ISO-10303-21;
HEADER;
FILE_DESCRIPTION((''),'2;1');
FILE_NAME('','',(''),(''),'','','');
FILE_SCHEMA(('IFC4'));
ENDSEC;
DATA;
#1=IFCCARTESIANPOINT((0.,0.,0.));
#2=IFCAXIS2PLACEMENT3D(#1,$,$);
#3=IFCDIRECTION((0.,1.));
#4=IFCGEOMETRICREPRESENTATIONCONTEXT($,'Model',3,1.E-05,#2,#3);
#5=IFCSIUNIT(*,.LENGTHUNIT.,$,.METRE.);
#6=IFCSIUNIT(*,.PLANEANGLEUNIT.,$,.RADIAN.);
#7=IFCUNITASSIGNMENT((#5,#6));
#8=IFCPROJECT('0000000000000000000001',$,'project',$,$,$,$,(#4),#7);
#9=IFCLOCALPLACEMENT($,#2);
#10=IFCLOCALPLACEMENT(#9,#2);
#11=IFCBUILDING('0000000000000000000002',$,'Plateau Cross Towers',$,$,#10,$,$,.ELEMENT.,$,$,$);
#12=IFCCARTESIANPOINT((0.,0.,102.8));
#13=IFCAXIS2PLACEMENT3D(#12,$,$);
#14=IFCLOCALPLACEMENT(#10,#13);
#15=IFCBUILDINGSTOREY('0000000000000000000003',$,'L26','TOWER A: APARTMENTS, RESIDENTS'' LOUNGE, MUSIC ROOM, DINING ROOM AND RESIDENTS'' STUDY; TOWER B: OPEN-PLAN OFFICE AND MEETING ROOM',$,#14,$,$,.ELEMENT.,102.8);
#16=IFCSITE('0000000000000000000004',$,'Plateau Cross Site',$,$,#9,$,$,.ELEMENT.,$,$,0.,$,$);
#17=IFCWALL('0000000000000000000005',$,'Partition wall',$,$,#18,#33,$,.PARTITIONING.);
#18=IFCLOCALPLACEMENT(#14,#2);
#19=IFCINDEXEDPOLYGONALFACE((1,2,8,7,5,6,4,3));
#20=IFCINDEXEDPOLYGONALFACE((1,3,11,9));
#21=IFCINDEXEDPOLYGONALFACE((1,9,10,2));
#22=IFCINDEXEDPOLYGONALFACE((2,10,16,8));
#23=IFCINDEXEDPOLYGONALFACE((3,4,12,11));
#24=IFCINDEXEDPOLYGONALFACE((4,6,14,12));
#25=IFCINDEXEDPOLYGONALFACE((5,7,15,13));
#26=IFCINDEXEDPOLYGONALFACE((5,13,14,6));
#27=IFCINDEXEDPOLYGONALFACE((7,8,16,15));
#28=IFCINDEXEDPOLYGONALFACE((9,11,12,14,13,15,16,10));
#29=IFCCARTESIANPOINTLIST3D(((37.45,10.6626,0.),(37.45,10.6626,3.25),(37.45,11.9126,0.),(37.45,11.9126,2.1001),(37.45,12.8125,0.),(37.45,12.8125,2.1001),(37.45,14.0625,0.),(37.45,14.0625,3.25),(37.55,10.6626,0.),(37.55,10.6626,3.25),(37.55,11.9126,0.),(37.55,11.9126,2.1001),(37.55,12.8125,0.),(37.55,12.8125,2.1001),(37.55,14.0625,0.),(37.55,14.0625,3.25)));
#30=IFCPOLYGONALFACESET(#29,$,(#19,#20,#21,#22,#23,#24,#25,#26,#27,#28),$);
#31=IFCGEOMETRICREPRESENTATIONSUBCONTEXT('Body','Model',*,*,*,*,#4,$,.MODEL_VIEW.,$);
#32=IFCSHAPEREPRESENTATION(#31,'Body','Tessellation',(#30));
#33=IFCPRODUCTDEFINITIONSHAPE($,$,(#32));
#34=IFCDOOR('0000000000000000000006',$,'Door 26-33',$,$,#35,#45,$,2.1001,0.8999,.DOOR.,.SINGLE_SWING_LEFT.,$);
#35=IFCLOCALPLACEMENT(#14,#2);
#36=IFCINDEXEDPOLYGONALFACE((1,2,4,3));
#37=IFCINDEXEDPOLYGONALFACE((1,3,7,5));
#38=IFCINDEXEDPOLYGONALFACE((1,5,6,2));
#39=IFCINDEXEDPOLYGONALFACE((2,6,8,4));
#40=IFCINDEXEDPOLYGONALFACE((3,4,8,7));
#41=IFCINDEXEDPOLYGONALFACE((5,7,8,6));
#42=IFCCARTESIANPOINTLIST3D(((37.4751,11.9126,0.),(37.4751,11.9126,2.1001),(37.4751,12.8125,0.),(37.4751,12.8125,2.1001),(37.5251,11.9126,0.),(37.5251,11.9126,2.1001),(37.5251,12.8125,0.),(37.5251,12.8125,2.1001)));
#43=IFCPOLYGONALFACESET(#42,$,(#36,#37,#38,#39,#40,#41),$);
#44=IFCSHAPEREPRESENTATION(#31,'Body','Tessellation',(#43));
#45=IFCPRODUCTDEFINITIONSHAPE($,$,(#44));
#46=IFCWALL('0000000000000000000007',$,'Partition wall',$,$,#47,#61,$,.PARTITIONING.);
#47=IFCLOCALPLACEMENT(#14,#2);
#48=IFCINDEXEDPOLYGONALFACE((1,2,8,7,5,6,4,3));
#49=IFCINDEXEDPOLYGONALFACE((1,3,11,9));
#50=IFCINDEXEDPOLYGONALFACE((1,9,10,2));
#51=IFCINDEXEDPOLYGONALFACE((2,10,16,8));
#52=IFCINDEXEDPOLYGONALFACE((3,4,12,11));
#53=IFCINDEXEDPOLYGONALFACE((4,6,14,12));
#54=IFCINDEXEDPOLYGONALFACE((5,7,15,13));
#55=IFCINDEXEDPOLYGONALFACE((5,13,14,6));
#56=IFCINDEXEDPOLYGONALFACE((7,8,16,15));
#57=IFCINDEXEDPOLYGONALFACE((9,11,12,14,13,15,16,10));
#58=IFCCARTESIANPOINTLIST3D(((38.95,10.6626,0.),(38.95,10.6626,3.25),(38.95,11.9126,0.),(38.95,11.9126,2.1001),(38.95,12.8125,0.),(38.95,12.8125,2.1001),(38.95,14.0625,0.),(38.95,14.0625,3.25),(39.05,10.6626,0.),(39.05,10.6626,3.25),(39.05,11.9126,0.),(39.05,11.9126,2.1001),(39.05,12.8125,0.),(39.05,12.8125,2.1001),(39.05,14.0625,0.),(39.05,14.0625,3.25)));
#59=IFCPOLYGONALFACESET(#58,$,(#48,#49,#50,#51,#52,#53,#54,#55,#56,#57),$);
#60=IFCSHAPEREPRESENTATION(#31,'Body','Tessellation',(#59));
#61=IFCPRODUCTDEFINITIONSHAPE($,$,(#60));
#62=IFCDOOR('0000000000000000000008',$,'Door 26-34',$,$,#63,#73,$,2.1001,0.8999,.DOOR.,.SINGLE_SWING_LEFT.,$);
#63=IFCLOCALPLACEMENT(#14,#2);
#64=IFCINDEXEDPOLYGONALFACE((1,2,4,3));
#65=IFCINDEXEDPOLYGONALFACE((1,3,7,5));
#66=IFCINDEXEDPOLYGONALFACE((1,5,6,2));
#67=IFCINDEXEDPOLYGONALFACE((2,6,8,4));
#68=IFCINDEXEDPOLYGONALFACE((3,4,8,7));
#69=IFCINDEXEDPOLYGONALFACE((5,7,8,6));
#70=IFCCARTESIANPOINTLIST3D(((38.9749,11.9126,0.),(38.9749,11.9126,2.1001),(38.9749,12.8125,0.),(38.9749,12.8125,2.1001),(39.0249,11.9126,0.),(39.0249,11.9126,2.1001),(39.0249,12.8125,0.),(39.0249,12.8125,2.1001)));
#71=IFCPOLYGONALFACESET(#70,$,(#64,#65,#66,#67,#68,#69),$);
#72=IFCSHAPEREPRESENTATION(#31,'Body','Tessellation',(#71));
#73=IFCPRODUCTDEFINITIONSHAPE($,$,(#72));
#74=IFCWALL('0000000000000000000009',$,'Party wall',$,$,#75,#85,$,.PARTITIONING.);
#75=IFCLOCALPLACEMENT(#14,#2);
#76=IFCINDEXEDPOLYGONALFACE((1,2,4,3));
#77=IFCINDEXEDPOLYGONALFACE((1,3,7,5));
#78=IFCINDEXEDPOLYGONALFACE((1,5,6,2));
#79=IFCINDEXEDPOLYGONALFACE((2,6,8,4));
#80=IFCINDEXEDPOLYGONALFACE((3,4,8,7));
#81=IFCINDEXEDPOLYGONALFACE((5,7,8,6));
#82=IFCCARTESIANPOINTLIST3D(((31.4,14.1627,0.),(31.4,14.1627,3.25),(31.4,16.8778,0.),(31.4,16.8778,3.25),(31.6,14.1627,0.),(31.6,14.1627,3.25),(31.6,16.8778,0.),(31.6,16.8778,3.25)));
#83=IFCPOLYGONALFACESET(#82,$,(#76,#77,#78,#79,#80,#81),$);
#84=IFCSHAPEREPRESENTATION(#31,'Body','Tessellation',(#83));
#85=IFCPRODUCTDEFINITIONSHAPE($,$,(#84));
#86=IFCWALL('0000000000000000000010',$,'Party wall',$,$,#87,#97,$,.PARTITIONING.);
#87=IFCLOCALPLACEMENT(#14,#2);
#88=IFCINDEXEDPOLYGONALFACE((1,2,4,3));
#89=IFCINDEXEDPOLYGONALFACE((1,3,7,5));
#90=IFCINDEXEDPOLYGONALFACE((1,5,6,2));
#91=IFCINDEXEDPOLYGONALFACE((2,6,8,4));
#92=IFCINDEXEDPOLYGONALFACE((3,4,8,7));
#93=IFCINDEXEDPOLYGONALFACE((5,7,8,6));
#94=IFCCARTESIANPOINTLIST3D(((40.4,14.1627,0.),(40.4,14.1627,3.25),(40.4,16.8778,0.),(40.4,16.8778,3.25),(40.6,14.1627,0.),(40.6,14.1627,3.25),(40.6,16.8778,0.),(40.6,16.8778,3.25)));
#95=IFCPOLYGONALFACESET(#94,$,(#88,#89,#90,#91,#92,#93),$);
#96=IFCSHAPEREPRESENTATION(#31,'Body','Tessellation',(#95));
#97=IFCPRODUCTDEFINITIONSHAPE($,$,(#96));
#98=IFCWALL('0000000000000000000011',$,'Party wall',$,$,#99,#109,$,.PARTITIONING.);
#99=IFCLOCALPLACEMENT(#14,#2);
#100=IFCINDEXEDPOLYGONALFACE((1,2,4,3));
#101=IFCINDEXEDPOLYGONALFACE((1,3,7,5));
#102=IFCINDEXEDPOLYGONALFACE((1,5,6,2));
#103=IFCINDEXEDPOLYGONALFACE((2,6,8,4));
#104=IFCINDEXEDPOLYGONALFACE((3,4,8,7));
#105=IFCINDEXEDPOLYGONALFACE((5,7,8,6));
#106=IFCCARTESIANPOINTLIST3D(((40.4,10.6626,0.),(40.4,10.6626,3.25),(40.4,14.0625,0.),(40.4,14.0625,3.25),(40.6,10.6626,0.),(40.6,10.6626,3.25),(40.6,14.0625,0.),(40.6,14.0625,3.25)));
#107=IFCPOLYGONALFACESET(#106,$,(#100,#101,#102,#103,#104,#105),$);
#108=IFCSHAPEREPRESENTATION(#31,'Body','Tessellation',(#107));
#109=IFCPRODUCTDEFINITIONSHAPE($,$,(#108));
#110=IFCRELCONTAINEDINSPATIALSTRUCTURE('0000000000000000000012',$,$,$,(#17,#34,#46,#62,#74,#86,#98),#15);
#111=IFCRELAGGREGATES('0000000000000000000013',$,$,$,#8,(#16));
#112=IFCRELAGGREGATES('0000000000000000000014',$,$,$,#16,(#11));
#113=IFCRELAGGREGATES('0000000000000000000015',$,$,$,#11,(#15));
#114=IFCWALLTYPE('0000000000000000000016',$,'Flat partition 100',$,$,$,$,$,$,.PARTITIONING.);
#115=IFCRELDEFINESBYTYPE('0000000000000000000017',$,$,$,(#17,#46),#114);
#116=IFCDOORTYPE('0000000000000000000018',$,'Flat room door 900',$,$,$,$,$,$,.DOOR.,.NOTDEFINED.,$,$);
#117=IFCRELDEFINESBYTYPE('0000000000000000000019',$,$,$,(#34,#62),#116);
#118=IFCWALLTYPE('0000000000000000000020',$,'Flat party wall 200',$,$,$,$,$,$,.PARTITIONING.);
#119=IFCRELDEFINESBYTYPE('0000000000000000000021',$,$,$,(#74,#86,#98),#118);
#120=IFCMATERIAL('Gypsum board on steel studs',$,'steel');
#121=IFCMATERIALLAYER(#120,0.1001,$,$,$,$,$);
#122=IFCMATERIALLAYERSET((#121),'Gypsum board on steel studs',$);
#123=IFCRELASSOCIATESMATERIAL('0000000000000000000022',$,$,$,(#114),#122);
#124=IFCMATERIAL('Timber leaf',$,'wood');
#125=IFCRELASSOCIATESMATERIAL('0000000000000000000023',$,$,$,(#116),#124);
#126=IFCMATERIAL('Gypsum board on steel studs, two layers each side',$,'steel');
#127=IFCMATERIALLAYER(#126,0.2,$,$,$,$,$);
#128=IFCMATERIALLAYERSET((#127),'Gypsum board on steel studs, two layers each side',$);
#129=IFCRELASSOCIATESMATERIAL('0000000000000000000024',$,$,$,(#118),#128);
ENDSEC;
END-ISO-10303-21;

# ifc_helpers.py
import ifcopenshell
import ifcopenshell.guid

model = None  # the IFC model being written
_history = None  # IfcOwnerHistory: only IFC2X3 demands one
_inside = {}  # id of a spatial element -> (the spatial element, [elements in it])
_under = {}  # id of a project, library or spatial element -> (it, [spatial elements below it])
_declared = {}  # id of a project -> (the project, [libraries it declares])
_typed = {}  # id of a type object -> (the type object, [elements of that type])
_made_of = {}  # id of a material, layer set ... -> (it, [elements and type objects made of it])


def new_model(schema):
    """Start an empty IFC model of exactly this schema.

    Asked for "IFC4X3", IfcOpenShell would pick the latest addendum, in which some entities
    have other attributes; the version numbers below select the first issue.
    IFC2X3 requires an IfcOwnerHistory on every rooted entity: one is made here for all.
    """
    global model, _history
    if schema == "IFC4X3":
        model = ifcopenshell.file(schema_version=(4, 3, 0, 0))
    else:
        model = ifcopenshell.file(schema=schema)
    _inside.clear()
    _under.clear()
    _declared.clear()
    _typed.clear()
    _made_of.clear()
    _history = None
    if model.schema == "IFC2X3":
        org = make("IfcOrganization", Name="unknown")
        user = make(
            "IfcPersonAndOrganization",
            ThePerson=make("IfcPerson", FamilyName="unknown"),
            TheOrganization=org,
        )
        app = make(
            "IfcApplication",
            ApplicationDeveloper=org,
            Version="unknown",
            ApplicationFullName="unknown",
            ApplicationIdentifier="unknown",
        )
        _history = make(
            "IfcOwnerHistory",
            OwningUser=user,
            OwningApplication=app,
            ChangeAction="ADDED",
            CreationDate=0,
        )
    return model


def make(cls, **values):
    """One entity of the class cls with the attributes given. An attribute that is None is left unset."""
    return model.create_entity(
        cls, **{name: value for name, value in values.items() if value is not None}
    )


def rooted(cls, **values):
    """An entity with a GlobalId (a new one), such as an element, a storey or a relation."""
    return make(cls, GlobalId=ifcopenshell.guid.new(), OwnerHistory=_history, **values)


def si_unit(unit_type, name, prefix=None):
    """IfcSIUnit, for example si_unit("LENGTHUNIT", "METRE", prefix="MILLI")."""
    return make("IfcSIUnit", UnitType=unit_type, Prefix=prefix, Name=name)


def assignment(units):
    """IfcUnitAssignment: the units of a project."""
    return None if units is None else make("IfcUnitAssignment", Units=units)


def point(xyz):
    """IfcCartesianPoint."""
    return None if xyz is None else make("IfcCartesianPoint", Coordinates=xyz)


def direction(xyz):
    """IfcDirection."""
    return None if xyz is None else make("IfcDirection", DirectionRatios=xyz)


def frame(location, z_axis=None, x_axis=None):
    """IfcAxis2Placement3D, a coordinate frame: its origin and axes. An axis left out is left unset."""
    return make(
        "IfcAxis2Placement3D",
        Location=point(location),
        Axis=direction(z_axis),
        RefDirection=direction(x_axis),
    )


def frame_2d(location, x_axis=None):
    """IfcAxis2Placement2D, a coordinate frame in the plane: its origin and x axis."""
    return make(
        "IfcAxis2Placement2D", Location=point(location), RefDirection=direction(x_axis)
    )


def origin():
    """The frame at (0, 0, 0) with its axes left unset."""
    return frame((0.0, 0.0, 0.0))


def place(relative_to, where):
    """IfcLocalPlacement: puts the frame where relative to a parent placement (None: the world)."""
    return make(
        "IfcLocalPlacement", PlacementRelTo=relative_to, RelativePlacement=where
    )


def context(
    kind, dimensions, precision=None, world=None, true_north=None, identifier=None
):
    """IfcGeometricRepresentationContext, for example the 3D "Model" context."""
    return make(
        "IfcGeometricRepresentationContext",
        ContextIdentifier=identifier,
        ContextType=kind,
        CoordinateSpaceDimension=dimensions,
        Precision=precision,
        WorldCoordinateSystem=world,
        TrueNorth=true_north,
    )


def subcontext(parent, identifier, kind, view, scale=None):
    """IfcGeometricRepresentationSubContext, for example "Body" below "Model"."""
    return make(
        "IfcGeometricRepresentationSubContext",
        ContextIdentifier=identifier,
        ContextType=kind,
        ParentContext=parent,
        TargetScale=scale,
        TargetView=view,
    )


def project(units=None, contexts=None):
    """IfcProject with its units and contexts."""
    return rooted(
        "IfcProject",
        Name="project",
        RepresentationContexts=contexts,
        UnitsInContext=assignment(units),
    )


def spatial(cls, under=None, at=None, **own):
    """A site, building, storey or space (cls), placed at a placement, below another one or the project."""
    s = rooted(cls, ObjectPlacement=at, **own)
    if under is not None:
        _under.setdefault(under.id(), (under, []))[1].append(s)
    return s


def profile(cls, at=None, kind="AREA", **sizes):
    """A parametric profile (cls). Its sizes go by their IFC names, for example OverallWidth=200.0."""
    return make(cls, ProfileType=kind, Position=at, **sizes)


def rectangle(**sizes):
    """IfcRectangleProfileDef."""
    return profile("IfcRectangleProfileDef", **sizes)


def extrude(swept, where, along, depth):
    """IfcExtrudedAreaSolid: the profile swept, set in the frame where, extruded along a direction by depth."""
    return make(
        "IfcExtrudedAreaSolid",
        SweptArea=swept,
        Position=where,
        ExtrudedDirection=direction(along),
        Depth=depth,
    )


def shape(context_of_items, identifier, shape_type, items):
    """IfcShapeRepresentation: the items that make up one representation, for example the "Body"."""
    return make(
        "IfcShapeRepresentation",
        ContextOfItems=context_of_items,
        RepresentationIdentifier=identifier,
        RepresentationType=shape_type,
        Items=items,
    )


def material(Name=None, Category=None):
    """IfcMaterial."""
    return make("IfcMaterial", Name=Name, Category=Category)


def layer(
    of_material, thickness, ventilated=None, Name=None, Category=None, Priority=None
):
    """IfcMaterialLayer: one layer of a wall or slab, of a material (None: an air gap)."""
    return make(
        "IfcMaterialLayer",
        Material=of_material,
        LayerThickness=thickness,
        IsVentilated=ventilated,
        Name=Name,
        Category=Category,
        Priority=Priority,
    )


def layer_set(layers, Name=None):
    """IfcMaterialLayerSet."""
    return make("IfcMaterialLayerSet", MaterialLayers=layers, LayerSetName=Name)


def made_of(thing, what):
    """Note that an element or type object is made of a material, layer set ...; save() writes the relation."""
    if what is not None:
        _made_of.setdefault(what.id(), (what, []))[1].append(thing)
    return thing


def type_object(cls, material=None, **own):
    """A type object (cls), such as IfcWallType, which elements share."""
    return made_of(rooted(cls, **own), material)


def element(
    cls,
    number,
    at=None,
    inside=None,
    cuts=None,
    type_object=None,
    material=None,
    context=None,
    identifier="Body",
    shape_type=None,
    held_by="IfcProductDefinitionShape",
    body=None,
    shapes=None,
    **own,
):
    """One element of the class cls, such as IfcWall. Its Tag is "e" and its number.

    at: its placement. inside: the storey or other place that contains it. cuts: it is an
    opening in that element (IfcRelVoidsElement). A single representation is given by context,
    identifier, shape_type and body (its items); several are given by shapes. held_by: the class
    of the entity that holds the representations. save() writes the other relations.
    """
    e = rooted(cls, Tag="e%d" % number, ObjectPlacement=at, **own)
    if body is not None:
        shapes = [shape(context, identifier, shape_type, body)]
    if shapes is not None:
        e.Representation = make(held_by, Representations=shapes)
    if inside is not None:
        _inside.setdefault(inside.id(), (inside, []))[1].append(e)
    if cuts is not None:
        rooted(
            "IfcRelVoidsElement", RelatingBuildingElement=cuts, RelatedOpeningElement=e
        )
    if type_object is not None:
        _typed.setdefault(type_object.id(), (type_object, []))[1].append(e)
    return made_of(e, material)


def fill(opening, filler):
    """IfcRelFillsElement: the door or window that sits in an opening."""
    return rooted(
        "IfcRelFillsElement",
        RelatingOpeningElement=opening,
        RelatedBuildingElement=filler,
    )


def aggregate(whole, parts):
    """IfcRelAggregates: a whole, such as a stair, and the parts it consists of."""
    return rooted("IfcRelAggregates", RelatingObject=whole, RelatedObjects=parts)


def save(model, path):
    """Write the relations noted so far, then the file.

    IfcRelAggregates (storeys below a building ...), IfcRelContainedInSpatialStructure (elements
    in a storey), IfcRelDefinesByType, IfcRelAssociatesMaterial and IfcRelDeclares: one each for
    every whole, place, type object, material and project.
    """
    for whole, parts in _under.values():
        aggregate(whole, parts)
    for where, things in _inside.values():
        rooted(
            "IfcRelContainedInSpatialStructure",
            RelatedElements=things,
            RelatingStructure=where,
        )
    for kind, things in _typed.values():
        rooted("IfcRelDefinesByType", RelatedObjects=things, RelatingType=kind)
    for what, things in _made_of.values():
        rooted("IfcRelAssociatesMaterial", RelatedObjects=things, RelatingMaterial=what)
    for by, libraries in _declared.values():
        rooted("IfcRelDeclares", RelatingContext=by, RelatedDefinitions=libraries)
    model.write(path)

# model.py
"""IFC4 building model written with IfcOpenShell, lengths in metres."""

from ifc_helpers import new_model, si_unit, direction, frame, frame_2d, origin, place, context, subcontext, project, spatial, rectangle, extrude, material, layer, layer_set, type_object, element, fill, save


model = new_model("IFC4")

# Units and contexts
model_context = context("Model", 3, precision=1e-05, world=origin(), true_north=direction((0.0, 1.0)))
body_context = subcontext(model_context, "Body", "Model", "MODEL_VIEW")
ifc_project = project(units=[si_unit("LENGTHUNIT", "METRE"), si_unit("PLANEANGLEUNIT", "RADIAN")], contexts=[model_context])

# Site, building, storey
site_placement = place(None, origin())
site = spatial("IfcSite", under=ifc_project, at=site_placement, Name="Plateau Cross Site", CompositionType="ELEMENT", RefElevation=0.0)
building_placement = place(site_placement, origin())
building = spatial("IfcBuilding", under=site, at=building_placement, Name="Plateau Cross Towers", CompositionType="ELEMENT")
storey_placement = place(building_placement, frame((0.0, 0.0, 102.8)))
storey = spatial("IfcBuildingStorey", under=building, at=storey_placement, Name="L26", Description="TOWER A: APARTMENTS, RESIDENTS' LOUNGE, MUSIC ROOM, DINING ROOM AND RESIDENTS' STUDY; TOWER B: OPEN-PLAN OFFICE AND MEETING ROOM", CompositionType="ELEMENT", Elevation=102.8)

# Shared definitions
ifc_material_1 = material(Name="Gypsum board on steel studs", Category="steel")
ifc_layer_1 = layer(ifc_material_1, 0.1001)
ifc_layer_set_1 = layer_set([ifc_layer_1], Name="Gypsum board on steel studs")
wall_type_1 = type_object("IfcWallType", Name="Flat partition 100", PredefinedType="PARTITIONING", material=ifc_layer_set_1)

# Walls, openings, doors
ifc_material_2 = material(Name="Timber leaf", Category="wood")
door_type = type_object("IfcDoorType", Name="Flat room door 900", OperationType="NOTDEFINED", PredefinedType="DOOR", material=ifc_material_2)
wall_1_placement = place(storey_placement, frame((37.5, 10.6626, 0.0), z_axis=(0.0, 0.0, 1.0), x_axis=(0.0, 1.0, 0.0)))
wall_1 = element("IfcWall", 1, at=wall_1_placement, inside=storey, type_object=wall_type_1, Name="Partition wall", PredefinedType="PARTITIONING", context=body_context, shape_type="SweptSolid", body=[
    extrude(rectangle(XDim=3.3999, YDim=0.1001, at=frame_2d((1.7, 0.0))), origin(), (0.0, 0.0, 1.0), 3.25),
])
opening_1_placement = place(wall_1_placement, frame((1.25, 0.0, 0.0)))
opening_1 = element("IfcOpeningElement", 2, at=opening_1_placement, cuts=wall_1, PredefinedType="OPENING", context=body_context, shape_type="SweptSolid", body=[
    extrude(rectangle(XDim=0.8999, YDim=2.1001, at=frame_2d((0.45, 1.05))), frame((0.0, 0.0601, 0.0), z_axis=(0.0, -1.0, 0.0), x_axis=(1.0, 0.0, 0.0)), (0.0, 0.0, 1.0), 0.1201),
])
door_1_placement = place(opening_1_placement, origin())
door_1 = element("IfcDoor", 3, at=door_1_placement, inside=storey, type_object=door_type, Name="Door 26-33", OperationType="SINGLE_SWING_LEFT", OverallHeight=2.1001, OverallWidth=0.8999, PredefinedType="DOOR", context=body_context, shape_type="SweptSolid", body=[
    extrude(rectangle(XDim=0.8999, YDim=2.1001, at=frame_2d((0.45, 1.05))), frame((0.0, 0.0249, 0.0), z_axis=(0.0, -1.0, 0.0), x_axis=(1.0, 0.0, 0.0)), (0.0, 0.0, 1.0), 0.05),
])
fill(opening_1, door_1)
wall_2_placement = place(storey_placement, frame((39.0, 14.0625, 0.0), z_axis=(0.0, 0.0, 1.0), x_axis=(0.0, -1.0, 0.0)))
wall_2 = element("IfcWall", 4, at=wall_2_placement, inside=storey, type_object=wall_type_1, Name="Partition wall", PredefinedType="PARTITIONING", context=body_context, shape_type="SweptSolid", body=[
    extrude(rectangle(XDim=3.3999, YDim=0.1001, at=frame_2d((1.7, 0.0))), origin(), (0.0, 0.0, 1.0), 3.25),
])
opening_2_placement = place(wall_2_placement, frame((1.25, 0.0, 0.0)))
opening_2 = element("IfcOpeningElement", 5, at=opening_2_placement, cuts=wall_2, PredefinedType="OPENING", context=body_context, shape_type="SweptSolid", body=[
    extrude(rectangle(XDim=0.8999, YDim=2.1001, at=frame_2d((0.45, 1.05))), frame((0.0, 0.0601, 0.0), z_axis=(0.0, -1.0, 0.0), x_axis=(1.0, 0.0, 0.0)), (0.0, 0.0, 1.0), 0.1201),
])
door_2_placement = place(opening_2_placement, origin())
door_2 = element("IfcDoor", 6, at=door_2_placement, inside=storey, type_object=door_type, Name="Door 26-34", OperationType="SINGLE_SWING_LEFT", OverallHeight=2.1001, OverallWidth=0.8999, PredefinedType="DOOR", context=body_context, shape_type="SweptSolid", body=[
    extrude(rectangle(XDim=0.8999, YDim=2.1001, at=frame_2d((0.45, 1.05))), frame((0.0, 0.0249, 0.0), z_axis=(0.0, -1.0, 0.0), x_axis=(1.0, 0.0, 0.0)), (0.0, 0.0, 1.0), 0.05),
])
fill(opening_2, door_2)

# Walls
ifc_material_3 = material(Name="Gypsum board on steel studs, two layers each side", Category="steel")
ifc_layer_2 = layer(ifc_material_3, 0.2)
ifc_layer_set_2 = layer_set([ifc_layer_2], Name="Gypsum board on steel studs, two layers each side")
wall_type_2 = type_object("IfcWallType", Name="Flat party wall 200", PredefinedType="PARTITIONING", material=ifc_layer_set_2)
for number, where, z_axis, x_axis, name in (
    (7, (31.5, 16.8777, 0.0), (0.0, 0.0, 1.0), (0.0, -1.0, 0.0), "Party wall"),
    (8, (40.5, 16.8777, 0.0), (0.0, 0.0, 1.0), (0.0, -1.0, 0.0), "Party wall"),
):
    element("IfcWall", number, at=place(storey_placement, frame(where, z_axis=z_axis, x_axis=x_axis)), inside=storey, type_object=wall_type_2, Name=name, PredefinedType="PARTITIONING", context=body_context, shape_type="SweptSolid", body=[
        extrude(rectangle(XDim=2.7151, YDim=0.2, at=frame_2d((1.3574, 0.0))), origin(), (0.0, 0.0, 1.0), 3.25),
    ])
wall_3_placement = place(storey_placement, frame((40.5, 10.6626, 0.0), z_axis=(0.0, 0.0, 1.0), x_axis=(0.0, 1.0, 0.0)))
element("IfcWall", 9, at=wall_3_placement, inside=storey, type_object=wall_type_2, Name="Party wall", PredefinedType="PARTITIONING", context=body_context, shape_type="SweptSolid", body=[
    extrude(rectangle(XDim=3.3999, YDim=0.2, at=frame_2d((1.7, 0.0))), origin(), (0.0, 0.0, 1.0), 3.25),
])

save(model, "model.ifc")
